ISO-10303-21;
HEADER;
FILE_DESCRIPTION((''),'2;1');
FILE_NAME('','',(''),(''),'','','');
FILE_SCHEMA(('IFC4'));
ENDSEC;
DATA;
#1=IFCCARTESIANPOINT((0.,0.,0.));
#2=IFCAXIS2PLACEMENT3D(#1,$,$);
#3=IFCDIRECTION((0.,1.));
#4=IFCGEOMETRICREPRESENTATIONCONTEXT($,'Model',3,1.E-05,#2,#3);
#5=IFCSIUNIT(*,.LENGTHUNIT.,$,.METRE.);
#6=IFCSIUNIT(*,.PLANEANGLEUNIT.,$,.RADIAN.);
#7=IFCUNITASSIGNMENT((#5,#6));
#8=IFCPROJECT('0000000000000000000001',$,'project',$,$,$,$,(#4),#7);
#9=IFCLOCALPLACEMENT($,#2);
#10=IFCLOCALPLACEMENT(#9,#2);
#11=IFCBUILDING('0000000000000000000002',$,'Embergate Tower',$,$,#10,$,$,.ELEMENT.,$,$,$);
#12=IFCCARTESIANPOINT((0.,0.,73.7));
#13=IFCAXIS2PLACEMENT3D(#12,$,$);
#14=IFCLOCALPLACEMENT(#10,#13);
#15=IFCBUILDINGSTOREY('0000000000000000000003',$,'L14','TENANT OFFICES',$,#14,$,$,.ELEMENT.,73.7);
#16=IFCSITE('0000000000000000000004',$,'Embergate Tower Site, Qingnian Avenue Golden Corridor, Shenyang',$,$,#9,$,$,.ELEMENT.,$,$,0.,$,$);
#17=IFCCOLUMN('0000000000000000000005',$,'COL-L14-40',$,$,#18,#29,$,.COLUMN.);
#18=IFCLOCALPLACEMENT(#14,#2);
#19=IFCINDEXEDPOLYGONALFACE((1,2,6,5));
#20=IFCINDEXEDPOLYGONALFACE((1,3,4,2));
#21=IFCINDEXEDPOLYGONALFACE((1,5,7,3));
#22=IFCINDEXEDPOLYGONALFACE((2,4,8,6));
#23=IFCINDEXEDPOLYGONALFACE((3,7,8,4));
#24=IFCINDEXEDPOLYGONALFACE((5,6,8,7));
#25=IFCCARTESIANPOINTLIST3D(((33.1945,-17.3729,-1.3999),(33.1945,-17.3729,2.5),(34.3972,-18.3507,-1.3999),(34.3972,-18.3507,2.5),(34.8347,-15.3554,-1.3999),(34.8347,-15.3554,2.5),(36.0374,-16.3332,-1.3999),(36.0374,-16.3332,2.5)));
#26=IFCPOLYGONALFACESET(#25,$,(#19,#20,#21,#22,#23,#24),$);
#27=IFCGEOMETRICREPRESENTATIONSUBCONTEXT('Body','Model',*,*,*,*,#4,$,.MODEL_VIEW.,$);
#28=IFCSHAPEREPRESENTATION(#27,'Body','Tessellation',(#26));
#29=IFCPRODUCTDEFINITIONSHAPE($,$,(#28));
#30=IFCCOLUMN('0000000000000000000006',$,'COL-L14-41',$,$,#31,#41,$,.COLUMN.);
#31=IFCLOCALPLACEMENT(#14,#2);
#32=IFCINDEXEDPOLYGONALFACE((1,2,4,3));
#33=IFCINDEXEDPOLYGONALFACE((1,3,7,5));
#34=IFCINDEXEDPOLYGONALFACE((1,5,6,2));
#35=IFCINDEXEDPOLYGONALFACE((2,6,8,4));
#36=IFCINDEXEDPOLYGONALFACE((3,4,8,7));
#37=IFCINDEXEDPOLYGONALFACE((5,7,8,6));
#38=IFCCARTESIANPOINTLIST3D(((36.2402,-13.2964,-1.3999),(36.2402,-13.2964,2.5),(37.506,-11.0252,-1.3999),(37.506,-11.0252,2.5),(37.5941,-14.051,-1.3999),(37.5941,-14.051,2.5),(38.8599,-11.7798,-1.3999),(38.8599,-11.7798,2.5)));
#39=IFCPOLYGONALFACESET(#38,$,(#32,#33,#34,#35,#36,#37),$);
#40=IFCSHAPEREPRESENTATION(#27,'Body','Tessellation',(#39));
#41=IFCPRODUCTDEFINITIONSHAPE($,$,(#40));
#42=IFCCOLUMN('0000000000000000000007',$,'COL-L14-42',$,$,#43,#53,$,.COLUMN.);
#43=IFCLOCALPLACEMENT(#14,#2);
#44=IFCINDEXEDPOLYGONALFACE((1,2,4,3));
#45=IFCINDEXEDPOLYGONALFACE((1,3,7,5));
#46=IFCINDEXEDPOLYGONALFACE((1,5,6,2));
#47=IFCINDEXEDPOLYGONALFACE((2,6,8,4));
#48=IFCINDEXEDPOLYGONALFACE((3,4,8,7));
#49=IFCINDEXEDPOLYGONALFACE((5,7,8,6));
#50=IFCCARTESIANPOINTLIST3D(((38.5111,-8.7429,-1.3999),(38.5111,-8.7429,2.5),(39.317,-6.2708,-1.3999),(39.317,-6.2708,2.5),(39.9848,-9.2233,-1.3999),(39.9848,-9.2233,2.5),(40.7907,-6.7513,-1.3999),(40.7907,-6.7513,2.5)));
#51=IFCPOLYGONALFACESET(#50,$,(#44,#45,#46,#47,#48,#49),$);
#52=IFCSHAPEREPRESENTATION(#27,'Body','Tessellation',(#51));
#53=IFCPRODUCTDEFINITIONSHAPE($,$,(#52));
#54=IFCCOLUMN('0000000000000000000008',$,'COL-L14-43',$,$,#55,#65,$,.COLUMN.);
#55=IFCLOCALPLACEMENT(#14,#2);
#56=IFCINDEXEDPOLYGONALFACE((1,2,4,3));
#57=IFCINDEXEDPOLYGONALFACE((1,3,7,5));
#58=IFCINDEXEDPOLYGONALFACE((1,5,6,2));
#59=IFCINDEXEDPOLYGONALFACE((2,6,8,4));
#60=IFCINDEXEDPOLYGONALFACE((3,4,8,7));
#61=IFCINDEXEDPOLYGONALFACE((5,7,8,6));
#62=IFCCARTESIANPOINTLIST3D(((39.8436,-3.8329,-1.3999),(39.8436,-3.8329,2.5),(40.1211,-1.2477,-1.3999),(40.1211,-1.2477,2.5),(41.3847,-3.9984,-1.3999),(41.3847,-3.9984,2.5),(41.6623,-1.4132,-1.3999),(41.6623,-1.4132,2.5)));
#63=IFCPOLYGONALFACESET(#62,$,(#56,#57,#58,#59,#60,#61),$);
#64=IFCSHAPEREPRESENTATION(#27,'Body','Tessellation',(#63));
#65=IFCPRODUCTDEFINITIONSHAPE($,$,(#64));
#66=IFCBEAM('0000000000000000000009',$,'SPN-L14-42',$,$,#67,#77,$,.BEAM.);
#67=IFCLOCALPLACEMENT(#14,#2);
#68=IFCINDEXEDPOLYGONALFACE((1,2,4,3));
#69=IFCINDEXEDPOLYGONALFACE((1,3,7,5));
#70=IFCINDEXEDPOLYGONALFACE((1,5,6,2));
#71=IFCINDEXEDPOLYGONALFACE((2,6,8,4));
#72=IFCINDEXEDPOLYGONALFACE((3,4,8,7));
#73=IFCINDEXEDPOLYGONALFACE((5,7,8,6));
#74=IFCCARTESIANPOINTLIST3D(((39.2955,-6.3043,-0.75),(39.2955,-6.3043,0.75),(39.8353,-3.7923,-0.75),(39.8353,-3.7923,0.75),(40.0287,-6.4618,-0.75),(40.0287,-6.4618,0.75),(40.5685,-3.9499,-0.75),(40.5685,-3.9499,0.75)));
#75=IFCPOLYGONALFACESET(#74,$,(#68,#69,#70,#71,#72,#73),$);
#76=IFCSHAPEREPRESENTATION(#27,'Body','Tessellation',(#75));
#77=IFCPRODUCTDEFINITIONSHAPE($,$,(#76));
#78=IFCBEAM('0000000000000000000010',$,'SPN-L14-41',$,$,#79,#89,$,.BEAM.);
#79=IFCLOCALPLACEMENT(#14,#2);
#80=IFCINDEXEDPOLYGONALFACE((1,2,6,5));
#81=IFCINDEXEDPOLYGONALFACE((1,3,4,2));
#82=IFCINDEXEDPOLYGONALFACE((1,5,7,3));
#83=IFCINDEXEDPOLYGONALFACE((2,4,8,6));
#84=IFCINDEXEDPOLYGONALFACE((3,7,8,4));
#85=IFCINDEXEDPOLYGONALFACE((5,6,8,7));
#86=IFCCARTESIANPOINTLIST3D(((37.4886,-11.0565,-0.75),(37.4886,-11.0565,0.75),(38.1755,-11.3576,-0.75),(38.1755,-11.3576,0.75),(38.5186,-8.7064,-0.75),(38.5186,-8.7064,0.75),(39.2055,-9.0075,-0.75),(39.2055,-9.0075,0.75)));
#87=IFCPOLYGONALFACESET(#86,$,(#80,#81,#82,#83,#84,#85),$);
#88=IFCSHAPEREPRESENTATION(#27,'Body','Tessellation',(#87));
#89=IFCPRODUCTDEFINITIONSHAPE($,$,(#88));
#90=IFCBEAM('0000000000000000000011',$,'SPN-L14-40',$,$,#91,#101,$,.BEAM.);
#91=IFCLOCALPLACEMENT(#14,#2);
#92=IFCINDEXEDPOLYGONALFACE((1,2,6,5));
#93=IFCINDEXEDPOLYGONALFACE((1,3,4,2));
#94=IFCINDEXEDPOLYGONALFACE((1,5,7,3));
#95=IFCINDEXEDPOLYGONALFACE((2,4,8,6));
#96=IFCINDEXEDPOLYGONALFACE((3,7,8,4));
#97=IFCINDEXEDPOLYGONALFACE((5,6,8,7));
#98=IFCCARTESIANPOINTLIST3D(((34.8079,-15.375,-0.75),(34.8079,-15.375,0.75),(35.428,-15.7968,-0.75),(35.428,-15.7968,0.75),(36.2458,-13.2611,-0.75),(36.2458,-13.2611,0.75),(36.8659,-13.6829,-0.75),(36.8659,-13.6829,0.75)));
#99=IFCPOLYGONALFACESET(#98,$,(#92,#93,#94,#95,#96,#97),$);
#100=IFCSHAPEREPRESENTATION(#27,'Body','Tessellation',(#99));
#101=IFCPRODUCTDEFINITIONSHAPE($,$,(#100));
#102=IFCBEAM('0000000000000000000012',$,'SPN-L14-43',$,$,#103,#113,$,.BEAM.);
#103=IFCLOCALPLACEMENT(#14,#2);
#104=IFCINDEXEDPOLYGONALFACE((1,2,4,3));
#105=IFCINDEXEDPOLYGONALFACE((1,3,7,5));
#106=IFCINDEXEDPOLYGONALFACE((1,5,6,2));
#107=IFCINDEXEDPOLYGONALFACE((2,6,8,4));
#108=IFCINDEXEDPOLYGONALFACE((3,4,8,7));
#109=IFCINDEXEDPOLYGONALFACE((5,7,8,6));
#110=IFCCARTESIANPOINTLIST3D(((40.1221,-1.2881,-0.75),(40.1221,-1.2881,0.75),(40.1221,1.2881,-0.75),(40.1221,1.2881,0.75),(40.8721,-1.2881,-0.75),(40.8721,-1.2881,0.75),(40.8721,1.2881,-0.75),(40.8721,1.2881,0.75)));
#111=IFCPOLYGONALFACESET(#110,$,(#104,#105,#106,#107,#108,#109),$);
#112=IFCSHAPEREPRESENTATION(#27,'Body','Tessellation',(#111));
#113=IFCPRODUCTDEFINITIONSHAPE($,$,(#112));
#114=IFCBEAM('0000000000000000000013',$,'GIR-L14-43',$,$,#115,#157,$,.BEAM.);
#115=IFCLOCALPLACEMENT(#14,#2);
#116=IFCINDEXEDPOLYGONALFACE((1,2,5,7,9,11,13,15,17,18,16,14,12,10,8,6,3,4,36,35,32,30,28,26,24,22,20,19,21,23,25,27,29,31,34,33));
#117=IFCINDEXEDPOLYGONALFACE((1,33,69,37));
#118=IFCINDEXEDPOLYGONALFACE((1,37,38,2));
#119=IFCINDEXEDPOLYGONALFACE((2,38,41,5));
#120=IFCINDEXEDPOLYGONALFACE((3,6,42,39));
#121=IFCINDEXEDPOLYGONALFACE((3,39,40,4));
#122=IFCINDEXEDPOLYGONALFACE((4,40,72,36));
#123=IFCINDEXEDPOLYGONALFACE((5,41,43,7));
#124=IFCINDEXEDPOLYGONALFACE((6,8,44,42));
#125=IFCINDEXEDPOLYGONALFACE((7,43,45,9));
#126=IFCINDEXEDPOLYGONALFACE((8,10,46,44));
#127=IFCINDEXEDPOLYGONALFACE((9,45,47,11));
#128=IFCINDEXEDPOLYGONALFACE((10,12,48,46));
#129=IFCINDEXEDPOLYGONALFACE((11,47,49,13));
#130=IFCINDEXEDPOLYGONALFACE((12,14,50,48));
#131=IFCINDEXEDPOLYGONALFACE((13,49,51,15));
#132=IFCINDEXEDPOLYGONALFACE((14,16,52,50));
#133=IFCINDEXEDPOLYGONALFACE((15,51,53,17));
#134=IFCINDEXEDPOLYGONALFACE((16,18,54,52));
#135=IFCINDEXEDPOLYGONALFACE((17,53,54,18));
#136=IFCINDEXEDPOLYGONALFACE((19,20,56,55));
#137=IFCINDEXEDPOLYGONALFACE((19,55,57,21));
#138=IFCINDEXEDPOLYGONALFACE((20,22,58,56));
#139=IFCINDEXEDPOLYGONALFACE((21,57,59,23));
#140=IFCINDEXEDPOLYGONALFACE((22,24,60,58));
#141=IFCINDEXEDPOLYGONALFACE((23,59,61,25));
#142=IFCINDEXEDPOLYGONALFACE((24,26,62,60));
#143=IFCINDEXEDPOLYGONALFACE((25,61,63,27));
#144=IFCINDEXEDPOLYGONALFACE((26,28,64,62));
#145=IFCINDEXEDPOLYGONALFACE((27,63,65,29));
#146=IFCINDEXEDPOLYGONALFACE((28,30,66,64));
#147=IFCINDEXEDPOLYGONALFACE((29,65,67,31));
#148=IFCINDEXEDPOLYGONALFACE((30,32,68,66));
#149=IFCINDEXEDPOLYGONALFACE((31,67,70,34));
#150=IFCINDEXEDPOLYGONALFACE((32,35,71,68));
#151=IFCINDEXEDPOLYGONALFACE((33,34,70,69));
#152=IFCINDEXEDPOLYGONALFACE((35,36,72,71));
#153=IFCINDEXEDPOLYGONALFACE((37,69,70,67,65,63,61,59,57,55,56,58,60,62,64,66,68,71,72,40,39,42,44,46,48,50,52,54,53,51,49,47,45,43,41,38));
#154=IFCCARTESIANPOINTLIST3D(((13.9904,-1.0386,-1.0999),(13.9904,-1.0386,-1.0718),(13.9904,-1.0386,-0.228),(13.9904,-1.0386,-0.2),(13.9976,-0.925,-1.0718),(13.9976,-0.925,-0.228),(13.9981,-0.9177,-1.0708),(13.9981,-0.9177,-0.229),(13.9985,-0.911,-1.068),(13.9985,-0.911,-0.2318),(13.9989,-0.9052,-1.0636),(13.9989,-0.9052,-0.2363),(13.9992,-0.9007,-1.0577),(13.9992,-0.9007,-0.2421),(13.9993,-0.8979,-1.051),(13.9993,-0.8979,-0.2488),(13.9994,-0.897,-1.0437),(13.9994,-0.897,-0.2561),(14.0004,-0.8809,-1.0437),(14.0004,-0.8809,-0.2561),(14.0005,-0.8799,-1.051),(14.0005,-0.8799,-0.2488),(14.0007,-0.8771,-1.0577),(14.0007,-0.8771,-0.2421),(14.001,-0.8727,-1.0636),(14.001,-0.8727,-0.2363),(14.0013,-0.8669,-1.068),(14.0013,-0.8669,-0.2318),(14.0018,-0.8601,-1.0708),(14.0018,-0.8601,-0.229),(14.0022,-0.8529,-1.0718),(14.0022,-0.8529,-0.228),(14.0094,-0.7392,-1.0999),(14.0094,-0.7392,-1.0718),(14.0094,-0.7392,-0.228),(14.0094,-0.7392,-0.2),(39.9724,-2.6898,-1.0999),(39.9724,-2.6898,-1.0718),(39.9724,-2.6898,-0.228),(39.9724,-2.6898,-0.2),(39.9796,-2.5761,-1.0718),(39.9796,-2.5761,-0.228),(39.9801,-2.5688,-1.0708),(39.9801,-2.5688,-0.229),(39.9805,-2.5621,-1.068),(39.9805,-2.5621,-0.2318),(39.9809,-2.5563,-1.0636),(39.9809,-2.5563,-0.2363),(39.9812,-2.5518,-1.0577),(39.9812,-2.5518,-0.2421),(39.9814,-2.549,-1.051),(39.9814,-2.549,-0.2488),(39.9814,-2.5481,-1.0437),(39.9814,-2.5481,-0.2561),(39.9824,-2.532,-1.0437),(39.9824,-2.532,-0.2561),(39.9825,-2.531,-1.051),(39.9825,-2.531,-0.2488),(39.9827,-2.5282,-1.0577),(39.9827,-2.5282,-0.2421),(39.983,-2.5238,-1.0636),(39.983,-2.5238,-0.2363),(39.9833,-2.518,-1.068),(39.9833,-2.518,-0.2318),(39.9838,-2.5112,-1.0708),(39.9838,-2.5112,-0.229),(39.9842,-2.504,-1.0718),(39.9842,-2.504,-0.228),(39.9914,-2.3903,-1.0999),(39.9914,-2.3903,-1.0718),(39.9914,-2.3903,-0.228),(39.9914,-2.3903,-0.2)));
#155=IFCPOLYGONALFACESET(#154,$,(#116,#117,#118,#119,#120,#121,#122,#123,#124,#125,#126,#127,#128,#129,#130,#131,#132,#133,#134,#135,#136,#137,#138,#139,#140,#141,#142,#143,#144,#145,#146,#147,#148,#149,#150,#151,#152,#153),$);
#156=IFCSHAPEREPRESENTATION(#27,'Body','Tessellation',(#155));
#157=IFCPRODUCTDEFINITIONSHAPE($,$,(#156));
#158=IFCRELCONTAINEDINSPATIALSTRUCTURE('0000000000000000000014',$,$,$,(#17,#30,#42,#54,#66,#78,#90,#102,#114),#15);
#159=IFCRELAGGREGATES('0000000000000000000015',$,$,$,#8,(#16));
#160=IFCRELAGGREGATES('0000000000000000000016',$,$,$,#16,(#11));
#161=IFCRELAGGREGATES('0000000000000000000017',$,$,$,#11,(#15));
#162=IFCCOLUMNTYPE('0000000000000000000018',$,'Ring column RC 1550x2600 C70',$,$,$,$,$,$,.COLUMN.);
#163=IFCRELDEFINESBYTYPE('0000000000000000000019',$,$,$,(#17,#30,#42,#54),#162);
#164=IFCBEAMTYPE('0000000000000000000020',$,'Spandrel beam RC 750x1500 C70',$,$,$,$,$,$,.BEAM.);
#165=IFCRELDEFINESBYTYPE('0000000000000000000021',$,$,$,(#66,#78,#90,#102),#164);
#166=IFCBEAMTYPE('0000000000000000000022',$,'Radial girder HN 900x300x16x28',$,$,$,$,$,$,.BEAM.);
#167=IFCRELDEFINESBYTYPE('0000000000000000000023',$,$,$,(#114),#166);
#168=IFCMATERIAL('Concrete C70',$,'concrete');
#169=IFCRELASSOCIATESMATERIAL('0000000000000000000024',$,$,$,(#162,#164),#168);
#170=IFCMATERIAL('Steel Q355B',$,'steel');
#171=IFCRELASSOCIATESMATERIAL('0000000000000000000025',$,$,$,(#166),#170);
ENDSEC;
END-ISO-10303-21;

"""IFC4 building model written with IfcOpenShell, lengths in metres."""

from ifc_helpers import new_model, si_unit, direction, frame, origin, origin_2d, place, context, subcontext, project, spatial, rectangle, i_section, extrude, source, transform, mapped, material, material_profile, profile_set, type_object, element, save


model = new_model("IFC4")

# Units and contexts
model_context = context("Model", 3, precision=1e-05, world=origin(), true_north=direction((0.0, 1.0)))
body_context = subcontext(model_context, "Body", "Model", "MODEL_VIEW")
ifc_project = project(units=[si_unit("LENGTHUNIT", "METRE"), si_unit("PLANEANGLEUNIT", "RADIAN")], contexts=[model_context])

# Site, building, storey
site_placement = place(None, origin())
site = spatial("IfcSite", under=ifc_project, at=site_placement, Name="Embergate Tower Site, Qingnian Avenue Golden Corridor, Shenyang", CompositionType="ELEMENT", RefElevation=0.0)
building_placement = place(site_placement, origin())
building = spatial("IfcBuilding", under=site, at=building_placement, Name="Embergate Tower", CompositionType="ELEMENT")
storey_placement = place(building_placement, frame((0.0, 0.0, 73.7)))
storey = spatial("IfcBuildingStorey", under=building, at=storey_placement, Name="L14", Description="TENANT OFFICES", CompositionType="ELEMENT", Elevation=73.7)

# Columns
ifc_material_1 = material(Name="Concrete C70", Category="concrete")
ifc_material_profile_1 = material_profile(ifc_material_1, rectangle(XDim=1.55, YDim=2.6001, at=origin_2d()), Name="RC 1550x2600")
ifc_profile_set_1 = profile_set([ifc_material_profile_1], Name="Concrete C70")
column_type = type_object("IfcColumnType", Name="Ring column RC 1550x2600 C70", PredefinedType="COLUMN", material=ifc_profile_set_1)
shared_shape_1 = source(origin(), body_context, "Body", "SweptSolid", [
    extrude(rectangle(XDim=1.55, YDim=2.6001, at=origin_2d()), origin(), (0.0, 0.0, 1.0), 3.8999),
])
for number, where, z_axis, x_axis, name in (
    (1, (34.616, -16.853, -1.3999), (0.0, 0.0, 1.0), (0.775925, -0.630825, 0.0), "COL-L14-40"),
    (2, (37.55, -12.5381, -1.3999), (0.0, 0.0, 1.0), (0.8735, -0.486823, 0.0), "COL-L14-41"),
    (3, (39.6509, -7.7471, -1.3999), (0.0, 0.0, 1.0), (0.950754, -0.309946, 0.0), "COL-L14-42"),
    (4, (40.7529, -2.623, -1.3999), (0.0, 0.0, 1.0), (0.994286, -0.10675, 0.0), "COL-L14-43"),
):
    element("IfcColumn", number, at=place(storey_placement, frame(where, z_axis=z_axis, x_axis=x_axis)), inside=storey, type_object=column_type, Name=name, PredefinedType="COLUMN", context=body_context, shape_type="MappedRepresentation", body=[
        mapped(shared_shape_1, transform((0.0, 0.0, 0.0))),
    ])

# Beams
ifc_material_profile_2 = material_profile(ifc_material_1, rectangle(XDim=0.75, YDim=1.5, at=origin_2d()), Name="RC 750x1500")
ifc_profile_set_2 = profile_set([ifc_material_profile_2], Name="Concrete C70")
beam_type_1 = type_object("IfcBeamType", Name="Spandrel beam RC 750x1500 C70", PredefinedType="BEAM", material=ifc_profile_set_2)
shared_shape_2 = source(origin(), body_context, "Body", "SweptSolid", [
    extrude(rectangle(XDim=0.75, YDim=1.5, at=origin_2d()), origin(), (0.0, 0.0, 1.0), 2.5693),
])
beam_1_placement = place(storey_placement, frame((39.6621, -6.3831, 0.0), z_axis=(0.210094, 0.977681, 0.0), x_axis=(-0.977681, 0.210094, 0.0)))
element("IfcBeam", 5, at=beam_1_placement, inside=storey, type_object=beam_type_1, Name="SPN-L14-42", PredefinedType="BEAM", context=body_context, shape_type="MappedRepresentation", body=[
    mapped(shared_shape_2, transform((0.0, 0.0, 0.0))),
])
shared_shape_3 = source(origin(), body_context, "Body", "SweptSolid", [
    extrude(rectangle(XDim=0.75, YDim=1.5, at=origin_2d()), origin(), (0.0, 0.0, 1.0), 2.5659),
])
beam_2_placement = place(storey_placement, frame((37.832, -11.207, 0.0), z_axis=(0.401428, 0.915891, 0.0), x_axis=(-0.915891, 0.401428, 0.0)))
element("IfcBeam", 6, at=beam_2_placement, inside=storey, type_object=beam_type_1, Name="SPN-L14-41", PredefinedType="BEAM", context=body_context, shape_type="MappedRepresentation", body=[
    mapped(shared_shape_3, transform((0.0, 0.0, 0.0))),
])
shared_shape_4 = source(origin(), body_context, "Body", "SweptSolid", [
    extrude(rectangle(XDim=0.75, YDim=1.5, at=origin_2d()), origin(), (0.0, 0.0, 1.0), 2.5566),
])
beam_3_placement = place(storey_placement, frame((35.1179, -15.5859, 0.0), z_axis=(0.562433, 0.826843, 0.0), x_axis=(-0.826843, 0.562433, 0.0)))
element("IfcBeam", 7, at=beam_3_placement, inside=storey, type_object=beam_type_1, Name="SPN-L14-40", PredefinedType="BEAM", context=body_context, shape_type="MappedRepresentation", body=[
    mapped(shared_shape_4, transform((0.0, 0.0, 0.0))),
])
shared_shape_5 = source(origin(), body_context, "Body", "SweptSolid", [
    extrude(rectangle(XDim=0.75, YDim=1.5, at=origin_2d()), origin(), (0.0, 0.0, 1.0), 2.5762),
])
beam_4_placement = place(storey_placement, frame((40.4971, -1.2881, 0.0), z_axis=(0.0, 1.0, 0.0), x_axis=(-1.0, 0.0, 0.0)))
element("IfcBeam", 8, at=beam_4_placement, inside=storey, type_object=beam_type_1, Name="SPN-L14-43", PredefinedType="BEAM", context=body_context, shape_type="MappedRepresentation", body=[
    mapped(shared_shape_5, transform((0.0, 0.0, 0.0))),
])
ifc_material_2 = material(Name="Steel Q355B", Category="steel")
ifc_material_profile_3 = material_profile(ifc_material_2, i_section(OverallWidth=0.3, OverallDepth=0.8999, WebThickness=0.0161, FlangeThickness=0.0281, FilletRadius=0.0281, at=origin_2d()), Name="HN 900x300x16x28")
ifc_profile_set_3 = profile_set([ifc_material_profile_3], Name="Steel Q355 grade B")
beam_type_2 = type_object("IfcBeamType", Name="Radial girder HN 900x300x16x28", PredefinedType="BEAM", material=ifc_profile_set_3)
shared_shape_6 = source(origin(), body_context, "Body", "SweptSolid", [
    extrude(i_section(OverallWidth=0.3, OverallDepth=0.8999, WebThickness=0.0161, FlangeThickness=0.0281, FilletRadius=0.0281, at=origin_2d()), origin(), (0.0, 0.0, 1.0), 26.0344),
])
beam_5_placement = place(storey_placement, frame((39.9819, -2.54, -0.6499), z_axis=(-0.997987, 0.063421, 0.0), x_axis=(-0.063421, -0.997987, 0.0)))
element("IfcBeam", 9, at=beam_5_placement, inside=storey, type_object=beam_type_2, Name="GIR-L14-43", PredefinedType="BEAM", context=body_context, shape_type="MappedRepresentation", body=[
    mapped(shared_shape_6, transform((0.0, 0.0, 0.0))),
])

save(model, "model.ifc")
